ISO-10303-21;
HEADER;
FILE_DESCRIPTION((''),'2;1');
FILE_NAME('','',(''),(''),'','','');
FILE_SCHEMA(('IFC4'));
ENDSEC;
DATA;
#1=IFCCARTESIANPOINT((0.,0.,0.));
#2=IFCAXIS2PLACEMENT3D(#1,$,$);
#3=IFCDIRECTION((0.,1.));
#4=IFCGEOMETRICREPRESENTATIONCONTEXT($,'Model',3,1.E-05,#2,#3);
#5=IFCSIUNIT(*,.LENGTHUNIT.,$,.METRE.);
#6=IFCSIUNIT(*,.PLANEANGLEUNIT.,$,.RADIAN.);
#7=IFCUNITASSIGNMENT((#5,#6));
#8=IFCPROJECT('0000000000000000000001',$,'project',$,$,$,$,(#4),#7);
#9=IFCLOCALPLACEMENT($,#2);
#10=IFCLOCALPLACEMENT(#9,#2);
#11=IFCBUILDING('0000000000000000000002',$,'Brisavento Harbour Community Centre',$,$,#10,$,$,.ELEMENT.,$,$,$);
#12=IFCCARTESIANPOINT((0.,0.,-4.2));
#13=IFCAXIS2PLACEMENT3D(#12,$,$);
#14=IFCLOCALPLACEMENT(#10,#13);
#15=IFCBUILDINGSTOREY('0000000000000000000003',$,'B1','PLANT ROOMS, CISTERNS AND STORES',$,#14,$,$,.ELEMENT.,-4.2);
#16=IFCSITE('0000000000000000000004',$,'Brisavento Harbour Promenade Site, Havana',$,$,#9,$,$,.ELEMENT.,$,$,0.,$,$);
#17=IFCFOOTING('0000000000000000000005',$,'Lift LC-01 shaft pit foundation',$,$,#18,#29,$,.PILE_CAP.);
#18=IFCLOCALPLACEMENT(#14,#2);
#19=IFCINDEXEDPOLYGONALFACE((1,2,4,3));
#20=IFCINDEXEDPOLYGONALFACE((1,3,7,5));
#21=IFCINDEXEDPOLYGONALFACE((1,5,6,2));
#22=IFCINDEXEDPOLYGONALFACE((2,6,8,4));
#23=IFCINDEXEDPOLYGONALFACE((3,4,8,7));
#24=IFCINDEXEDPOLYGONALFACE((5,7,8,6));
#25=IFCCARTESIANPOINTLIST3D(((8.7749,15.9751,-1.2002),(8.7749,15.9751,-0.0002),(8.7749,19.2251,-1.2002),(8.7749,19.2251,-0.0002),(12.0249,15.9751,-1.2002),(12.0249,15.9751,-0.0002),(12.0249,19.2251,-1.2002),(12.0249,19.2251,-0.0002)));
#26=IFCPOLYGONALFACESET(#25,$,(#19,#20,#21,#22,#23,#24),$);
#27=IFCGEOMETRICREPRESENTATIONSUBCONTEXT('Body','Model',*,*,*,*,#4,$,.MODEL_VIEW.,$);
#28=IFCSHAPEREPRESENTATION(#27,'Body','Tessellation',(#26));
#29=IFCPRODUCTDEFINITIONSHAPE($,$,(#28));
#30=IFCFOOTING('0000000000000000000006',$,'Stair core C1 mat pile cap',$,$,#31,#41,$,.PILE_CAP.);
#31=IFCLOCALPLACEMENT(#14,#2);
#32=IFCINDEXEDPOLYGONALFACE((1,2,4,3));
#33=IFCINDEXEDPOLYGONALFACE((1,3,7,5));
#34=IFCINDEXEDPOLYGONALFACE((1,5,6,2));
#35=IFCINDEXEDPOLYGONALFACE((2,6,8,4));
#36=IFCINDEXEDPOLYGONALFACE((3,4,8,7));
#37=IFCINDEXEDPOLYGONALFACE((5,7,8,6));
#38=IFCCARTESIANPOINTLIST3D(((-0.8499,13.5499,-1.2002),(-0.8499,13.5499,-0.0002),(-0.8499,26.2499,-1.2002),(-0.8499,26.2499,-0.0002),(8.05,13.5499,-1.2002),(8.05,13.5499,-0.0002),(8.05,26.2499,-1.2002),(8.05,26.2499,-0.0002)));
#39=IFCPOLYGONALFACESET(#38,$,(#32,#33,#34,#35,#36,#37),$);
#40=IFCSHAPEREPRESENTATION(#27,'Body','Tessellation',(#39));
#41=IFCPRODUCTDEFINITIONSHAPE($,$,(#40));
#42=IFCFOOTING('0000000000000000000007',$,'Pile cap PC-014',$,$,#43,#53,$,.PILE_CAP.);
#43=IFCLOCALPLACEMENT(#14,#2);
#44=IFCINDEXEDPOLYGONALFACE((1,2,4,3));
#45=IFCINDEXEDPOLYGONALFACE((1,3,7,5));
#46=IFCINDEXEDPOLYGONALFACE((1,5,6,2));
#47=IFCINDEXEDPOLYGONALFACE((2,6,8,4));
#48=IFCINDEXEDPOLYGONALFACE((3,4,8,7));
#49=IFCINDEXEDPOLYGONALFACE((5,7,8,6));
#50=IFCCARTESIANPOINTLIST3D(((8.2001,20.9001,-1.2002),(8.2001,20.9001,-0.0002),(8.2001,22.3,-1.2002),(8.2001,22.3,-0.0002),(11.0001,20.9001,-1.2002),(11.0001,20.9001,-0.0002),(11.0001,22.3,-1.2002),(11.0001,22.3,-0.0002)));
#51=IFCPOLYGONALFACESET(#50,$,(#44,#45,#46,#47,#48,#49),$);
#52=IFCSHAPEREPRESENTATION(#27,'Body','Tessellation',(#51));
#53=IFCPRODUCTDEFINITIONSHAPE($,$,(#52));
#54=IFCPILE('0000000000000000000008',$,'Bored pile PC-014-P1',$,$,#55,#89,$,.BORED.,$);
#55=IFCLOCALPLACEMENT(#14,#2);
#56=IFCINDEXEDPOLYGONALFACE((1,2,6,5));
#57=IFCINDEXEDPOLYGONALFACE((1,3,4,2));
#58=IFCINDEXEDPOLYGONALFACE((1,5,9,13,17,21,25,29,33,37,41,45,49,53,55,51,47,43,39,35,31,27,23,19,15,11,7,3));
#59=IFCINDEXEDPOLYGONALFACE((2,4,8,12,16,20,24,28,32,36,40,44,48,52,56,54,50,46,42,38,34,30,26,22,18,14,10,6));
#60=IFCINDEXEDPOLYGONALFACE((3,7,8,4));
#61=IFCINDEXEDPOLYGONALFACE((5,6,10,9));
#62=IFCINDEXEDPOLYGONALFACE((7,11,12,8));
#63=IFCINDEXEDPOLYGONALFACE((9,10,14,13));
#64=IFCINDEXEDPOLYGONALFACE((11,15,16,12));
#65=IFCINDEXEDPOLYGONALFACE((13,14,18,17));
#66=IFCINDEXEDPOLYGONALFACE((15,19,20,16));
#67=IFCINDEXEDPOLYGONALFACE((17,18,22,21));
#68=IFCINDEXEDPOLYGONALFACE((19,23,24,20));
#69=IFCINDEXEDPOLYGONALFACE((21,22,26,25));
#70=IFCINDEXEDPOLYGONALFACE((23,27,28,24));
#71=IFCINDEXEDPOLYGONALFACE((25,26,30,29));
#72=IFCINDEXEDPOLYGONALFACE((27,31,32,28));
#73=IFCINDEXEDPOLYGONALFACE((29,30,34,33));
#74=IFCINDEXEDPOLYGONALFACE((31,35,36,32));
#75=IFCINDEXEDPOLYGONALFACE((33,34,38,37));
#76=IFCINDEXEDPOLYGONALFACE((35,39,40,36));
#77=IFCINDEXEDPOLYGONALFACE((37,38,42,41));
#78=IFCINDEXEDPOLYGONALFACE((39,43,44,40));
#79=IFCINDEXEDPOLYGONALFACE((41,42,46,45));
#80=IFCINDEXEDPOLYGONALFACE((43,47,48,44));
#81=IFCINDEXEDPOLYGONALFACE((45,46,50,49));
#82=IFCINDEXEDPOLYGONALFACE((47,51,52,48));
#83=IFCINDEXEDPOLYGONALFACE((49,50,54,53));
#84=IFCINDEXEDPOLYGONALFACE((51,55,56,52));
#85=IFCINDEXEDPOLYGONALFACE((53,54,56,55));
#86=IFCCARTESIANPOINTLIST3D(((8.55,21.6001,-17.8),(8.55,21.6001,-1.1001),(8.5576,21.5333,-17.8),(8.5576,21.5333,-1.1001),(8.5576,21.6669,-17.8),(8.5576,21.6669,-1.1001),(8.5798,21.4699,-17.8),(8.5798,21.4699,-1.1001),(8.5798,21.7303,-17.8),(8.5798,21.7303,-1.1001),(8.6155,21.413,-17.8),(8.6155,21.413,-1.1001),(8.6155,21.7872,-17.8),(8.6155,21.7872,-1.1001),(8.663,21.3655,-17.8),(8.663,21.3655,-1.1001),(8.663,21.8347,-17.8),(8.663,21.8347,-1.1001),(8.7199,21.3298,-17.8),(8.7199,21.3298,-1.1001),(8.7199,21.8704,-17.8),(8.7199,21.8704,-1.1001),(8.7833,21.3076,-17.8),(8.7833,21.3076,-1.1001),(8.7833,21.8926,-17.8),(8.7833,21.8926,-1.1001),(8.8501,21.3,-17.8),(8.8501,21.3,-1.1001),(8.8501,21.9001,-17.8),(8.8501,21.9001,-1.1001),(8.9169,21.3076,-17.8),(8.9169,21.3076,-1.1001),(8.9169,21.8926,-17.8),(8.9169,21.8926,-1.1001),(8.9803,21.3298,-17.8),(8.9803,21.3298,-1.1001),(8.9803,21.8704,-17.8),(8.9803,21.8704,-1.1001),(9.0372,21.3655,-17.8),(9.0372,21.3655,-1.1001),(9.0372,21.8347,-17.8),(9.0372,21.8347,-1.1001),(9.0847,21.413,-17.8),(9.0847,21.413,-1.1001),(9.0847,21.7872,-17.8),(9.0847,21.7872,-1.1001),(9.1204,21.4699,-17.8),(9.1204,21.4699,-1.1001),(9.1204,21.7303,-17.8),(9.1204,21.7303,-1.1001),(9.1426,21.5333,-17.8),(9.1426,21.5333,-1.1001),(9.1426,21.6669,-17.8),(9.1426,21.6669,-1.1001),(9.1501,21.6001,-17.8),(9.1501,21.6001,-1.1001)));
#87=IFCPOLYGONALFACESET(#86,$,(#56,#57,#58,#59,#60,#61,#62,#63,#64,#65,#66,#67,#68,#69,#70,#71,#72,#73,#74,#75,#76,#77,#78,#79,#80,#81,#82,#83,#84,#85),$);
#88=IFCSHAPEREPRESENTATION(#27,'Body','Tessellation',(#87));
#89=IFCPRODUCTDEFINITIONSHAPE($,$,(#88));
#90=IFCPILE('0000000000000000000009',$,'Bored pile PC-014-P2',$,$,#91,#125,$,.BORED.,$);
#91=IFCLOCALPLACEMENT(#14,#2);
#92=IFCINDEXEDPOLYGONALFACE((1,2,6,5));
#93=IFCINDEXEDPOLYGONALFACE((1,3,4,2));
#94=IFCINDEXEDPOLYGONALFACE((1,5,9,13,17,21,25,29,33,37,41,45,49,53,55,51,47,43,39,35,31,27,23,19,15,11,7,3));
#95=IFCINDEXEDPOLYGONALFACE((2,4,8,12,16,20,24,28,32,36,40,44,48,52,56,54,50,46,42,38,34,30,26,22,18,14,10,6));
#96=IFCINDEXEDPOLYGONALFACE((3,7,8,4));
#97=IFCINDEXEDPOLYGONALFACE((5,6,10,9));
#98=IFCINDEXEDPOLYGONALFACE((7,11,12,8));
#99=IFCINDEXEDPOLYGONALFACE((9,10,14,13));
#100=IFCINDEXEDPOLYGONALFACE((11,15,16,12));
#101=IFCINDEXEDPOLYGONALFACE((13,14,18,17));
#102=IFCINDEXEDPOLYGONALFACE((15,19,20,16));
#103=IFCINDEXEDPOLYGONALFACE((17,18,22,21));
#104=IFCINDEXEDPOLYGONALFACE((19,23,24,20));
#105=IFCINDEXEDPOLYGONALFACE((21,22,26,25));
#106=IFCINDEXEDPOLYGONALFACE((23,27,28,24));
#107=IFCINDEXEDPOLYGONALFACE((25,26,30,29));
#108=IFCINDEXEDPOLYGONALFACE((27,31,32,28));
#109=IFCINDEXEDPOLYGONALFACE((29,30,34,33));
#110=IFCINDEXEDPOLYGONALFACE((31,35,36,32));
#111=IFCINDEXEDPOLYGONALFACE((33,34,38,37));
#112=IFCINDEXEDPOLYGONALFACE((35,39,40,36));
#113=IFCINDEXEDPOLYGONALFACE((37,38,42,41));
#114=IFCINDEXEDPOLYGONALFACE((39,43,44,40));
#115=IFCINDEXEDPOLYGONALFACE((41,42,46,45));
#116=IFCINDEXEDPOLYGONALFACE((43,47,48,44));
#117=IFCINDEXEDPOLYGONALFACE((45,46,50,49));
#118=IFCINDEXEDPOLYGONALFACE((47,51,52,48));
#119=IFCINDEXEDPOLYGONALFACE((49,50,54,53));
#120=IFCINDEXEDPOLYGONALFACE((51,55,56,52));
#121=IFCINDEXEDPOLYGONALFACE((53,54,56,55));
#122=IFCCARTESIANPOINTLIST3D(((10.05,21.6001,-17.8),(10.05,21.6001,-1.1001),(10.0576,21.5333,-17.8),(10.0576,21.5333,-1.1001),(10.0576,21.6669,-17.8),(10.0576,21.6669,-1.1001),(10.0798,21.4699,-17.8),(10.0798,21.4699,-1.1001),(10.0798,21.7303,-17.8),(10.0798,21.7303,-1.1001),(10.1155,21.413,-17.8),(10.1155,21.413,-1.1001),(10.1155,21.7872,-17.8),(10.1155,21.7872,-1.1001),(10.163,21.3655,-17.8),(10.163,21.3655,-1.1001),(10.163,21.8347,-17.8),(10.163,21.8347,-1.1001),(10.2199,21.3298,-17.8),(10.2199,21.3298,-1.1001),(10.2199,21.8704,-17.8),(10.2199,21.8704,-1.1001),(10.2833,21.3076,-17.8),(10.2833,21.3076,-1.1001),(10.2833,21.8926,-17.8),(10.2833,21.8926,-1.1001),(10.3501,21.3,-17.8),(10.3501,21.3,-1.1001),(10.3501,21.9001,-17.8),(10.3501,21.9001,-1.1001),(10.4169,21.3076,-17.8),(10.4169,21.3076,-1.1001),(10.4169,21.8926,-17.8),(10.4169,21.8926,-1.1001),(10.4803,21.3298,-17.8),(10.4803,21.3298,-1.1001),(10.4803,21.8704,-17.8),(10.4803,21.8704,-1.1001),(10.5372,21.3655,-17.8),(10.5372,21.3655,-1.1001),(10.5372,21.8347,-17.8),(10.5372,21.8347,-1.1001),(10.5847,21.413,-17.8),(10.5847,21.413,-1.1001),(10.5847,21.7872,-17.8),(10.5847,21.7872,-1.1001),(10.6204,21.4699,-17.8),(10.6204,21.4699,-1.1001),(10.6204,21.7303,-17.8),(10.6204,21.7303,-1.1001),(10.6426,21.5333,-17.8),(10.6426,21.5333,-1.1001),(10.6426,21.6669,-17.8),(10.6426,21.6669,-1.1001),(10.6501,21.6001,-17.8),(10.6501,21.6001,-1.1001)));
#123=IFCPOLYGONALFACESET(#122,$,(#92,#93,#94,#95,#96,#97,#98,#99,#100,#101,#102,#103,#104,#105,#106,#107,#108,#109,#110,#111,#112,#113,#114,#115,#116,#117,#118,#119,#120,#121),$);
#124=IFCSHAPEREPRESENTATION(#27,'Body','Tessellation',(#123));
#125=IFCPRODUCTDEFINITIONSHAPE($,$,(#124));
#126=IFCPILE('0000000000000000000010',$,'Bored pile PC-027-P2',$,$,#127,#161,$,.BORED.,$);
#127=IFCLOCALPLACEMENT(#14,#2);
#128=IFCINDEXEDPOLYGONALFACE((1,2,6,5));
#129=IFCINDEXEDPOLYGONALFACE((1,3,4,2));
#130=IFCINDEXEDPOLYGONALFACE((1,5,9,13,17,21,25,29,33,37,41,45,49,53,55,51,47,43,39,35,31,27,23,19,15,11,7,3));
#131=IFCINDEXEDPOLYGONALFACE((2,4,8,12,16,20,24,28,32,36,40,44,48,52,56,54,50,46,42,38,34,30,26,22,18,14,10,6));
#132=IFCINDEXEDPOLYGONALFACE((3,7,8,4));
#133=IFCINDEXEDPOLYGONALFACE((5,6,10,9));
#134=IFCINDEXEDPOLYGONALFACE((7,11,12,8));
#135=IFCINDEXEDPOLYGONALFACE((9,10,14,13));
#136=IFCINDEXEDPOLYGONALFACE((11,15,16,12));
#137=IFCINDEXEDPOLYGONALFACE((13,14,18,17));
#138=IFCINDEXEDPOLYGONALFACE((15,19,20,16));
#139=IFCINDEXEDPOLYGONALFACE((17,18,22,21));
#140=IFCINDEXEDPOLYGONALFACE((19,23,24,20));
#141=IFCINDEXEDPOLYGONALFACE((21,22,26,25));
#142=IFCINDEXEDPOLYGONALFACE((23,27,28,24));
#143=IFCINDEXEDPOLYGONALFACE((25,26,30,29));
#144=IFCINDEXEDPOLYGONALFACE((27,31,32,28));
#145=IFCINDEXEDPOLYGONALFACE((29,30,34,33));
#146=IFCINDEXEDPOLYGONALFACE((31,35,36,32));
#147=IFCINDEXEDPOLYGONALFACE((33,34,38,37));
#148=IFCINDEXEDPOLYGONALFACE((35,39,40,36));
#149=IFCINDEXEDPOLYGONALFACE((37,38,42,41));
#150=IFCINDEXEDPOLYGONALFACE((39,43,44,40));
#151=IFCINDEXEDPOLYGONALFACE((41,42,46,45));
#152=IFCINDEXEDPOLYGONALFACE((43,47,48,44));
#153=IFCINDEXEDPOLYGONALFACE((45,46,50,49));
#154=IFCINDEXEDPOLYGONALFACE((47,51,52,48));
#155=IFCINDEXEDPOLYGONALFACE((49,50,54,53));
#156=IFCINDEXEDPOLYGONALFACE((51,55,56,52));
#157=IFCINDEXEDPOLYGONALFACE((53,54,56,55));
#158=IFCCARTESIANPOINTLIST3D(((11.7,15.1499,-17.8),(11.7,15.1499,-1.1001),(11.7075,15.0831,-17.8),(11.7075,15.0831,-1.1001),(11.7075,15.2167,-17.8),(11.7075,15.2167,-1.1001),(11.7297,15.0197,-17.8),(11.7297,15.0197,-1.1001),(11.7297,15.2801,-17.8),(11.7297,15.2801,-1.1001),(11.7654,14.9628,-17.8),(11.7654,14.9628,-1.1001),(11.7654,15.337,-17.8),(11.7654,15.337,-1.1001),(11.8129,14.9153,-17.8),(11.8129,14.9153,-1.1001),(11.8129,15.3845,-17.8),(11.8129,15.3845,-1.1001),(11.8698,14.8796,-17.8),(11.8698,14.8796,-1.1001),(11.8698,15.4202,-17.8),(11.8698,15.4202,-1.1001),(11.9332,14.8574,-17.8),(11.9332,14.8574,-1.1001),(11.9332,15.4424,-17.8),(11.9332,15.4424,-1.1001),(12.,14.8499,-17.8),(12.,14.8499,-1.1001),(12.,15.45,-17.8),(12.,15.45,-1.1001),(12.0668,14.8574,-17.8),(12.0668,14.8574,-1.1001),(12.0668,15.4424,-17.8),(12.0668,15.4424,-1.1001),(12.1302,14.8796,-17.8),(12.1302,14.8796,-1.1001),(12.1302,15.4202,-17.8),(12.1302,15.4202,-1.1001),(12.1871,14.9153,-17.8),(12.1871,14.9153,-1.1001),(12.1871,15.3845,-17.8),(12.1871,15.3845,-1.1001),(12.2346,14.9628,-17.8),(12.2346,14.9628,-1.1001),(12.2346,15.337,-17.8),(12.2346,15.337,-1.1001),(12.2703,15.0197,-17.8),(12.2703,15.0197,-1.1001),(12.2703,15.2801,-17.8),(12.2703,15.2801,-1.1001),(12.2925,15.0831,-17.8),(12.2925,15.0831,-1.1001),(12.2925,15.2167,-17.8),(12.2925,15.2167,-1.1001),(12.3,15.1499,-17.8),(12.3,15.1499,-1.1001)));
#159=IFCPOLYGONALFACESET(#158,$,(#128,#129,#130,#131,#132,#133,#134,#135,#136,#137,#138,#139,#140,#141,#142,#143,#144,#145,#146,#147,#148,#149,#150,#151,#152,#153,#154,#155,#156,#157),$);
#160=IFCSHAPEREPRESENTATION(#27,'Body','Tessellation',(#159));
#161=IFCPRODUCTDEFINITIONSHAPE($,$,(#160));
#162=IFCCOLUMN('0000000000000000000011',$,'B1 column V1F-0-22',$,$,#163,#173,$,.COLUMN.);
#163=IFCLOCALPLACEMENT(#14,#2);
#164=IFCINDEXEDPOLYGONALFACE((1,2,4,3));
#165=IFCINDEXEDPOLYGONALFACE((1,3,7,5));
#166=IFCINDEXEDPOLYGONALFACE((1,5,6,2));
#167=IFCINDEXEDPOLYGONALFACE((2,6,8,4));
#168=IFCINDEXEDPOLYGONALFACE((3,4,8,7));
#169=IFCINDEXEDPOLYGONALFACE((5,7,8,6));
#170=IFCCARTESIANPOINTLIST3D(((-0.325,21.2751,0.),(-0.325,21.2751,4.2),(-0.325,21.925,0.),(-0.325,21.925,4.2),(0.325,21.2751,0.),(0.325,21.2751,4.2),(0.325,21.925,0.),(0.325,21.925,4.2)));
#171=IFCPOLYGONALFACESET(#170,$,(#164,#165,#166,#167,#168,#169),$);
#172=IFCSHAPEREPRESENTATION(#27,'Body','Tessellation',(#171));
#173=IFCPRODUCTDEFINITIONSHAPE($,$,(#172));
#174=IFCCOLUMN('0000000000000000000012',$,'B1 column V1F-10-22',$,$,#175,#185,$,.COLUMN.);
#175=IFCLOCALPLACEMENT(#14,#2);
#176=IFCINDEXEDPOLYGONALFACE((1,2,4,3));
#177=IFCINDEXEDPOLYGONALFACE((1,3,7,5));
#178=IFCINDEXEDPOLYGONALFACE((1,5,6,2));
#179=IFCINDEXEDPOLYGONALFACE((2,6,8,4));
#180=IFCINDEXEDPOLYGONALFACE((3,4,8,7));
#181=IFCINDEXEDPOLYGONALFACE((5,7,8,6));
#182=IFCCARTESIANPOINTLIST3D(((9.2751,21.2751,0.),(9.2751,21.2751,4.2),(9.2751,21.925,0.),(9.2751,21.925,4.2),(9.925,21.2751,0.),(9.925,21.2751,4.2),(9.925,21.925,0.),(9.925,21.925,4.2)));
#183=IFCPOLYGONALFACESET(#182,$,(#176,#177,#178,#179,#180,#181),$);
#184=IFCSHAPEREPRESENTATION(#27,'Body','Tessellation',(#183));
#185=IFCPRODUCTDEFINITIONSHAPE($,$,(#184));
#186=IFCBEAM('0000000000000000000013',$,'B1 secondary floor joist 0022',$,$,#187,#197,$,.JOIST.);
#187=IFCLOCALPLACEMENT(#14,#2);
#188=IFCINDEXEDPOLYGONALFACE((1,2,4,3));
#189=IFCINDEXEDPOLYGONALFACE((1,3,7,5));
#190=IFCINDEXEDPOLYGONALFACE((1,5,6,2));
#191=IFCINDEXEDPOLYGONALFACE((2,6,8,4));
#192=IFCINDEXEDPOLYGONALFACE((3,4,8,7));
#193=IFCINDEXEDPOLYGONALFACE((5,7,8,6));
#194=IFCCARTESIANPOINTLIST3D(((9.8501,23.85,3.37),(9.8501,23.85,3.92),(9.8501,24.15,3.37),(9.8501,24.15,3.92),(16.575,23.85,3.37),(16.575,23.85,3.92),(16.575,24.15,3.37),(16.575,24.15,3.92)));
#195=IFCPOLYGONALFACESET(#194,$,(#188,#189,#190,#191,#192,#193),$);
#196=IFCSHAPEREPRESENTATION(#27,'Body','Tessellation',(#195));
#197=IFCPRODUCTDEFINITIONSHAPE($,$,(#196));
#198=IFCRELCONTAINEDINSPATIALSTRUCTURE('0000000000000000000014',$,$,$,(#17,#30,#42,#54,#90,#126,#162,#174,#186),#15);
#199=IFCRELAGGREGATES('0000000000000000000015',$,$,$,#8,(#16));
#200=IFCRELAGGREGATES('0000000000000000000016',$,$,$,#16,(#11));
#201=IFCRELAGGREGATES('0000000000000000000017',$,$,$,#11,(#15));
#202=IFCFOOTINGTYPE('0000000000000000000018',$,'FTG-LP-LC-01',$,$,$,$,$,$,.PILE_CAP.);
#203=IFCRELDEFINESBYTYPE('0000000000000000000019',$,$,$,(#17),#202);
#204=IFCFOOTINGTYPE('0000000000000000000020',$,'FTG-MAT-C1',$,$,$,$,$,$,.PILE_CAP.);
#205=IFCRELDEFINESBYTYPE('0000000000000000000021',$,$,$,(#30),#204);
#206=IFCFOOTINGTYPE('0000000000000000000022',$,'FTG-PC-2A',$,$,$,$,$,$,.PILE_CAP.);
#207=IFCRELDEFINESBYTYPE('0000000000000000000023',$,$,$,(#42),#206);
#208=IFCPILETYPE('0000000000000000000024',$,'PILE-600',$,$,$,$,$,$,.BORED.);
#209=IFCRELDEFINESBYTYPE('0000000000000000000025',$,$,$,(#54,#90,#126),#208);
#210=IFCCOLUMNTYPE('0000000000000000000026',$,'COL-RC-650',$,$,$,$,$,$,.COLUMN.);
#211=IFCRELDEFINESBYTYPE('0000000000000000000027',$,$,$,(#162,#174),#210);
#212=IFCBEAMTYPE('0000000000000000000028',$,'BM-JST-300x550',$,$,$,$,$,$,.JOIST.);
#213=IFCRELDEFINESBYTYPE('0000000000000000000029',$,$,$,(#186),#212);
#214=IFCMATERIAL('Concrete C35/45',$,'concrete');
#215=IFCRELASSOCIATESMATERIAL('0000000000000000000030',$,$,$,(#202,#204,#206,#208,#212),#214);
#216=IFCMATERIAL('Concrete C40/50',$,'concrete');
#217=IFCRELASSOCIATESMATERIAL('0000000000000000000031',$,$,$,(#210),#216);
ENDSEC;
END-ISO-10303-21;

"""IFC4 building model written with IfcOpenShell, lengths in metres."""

from ifc_helpers import new_model, si_unit, direction, frame, origin, origin_2d, place, context, subcontext, project, spatial, rectangle, circle, extrude, material, material_profile, profile_set, type_object, element, save


model = new_model("IFC4")

# Units and contexts
model_context = context("Model", 3, precision=1e-05, world=origin(), true_north=direction((0.0, 1.0)))
body_context = subcontext(model_context, "Body", "Model", "MODEL_VIEW")
ifc_project = project(units=[si_unit("LENGTHUNIT", "METRE"), si_unit("PLANEANGLEUNIT", "RADIAN")], contexts=[model_context])

# Site, building, storey
site_placement = place(None, origin())
site = spatial("IfcSite", under=ifc_project, at=site_placement, Name="Brisavento Harbour Promenade Site, Havana", CompositionType="ELEMENT", RefElevation=0.0)
building_placement = place(site_placement, origin())
building = spatial("IfcBuilding", under=site, at=building_placement, Name="Brisavento Harbour Community Centre", CompositionType="ELEMENT")
storey_placement = place(building_placement, frame((0.0, 0.0, -4.2)))
storey = spatial("IfcBuildingStorey", under=building, at=storey_placement, Name="B1", Description="PLANT ROOMS, CISTERNS AND STORES", CompositionType="ELEMENT", Elevation=-4.2)

# Footings
ifc_material_1 = material(Name="Concrete C35/45", Category="concrete")
footing_type_1 = type_object("IfcFootingType", Name="FTG-LP-LC-01", PredefinedType="PILE_CAP", material=ifc_material_1)
footing_1_placement = place(storey_placement, frame((10.3999, 17.6001, -1.2002), z_axis=(0.0, 0.0, 1.0), x_axis=(1.0, 0.0, 0.0)))
element("IfcFooting", 1, at=footing_1_placement, inside=storey, type_object=footing_type_1, Name="Lift LC-01 shaft pit foundation", PredefinedType="PILE_CAP", context=body_context, shape_type="SweptSolid", body=[
    extrude(rectangle(XDim=3.25, YDim=3.25, at=origin_2d()), origin(), (0.0, 0.0, 1.0), 1.2),
])
footing_type_2 = type_object("IfcFootingType", Name="FTG-MAT-C1", PredefinedType="PILE_CAP", material=ifc_material_1)
footing_2_placement = place(storey_placement, frame((3.6001, 19.8999, -1.2002), z_axis=(0.0, 0.0, 1.0), x_axis=(1.0, 0.0, 0.0)))
element("IfcFooting", 2, at=footing_2_placement, inside=storey, type_object=footing_type_2, Name="Stair core C1 mat pile cap", PredefinedType="PILE_CAP", context=body_context, shape_type="SweptSolid", body=[
    extrude(rectangle(XDim=8.8999, YDim=12.7, at=origin_2d()), origin(), (0.0, 0.0, 1.0), 1.2),
])
footing_type_3 = type_object("IfcFootingType", Name="FTG-PC-2A", PredefinedType="PILE_CAP", material=ifc_material_1)
footing_3_placement = place(storey_placement, frame((9.6001, 21.6001, -1.2002), z_axis=(0.0, 0.0, 1.0), x_axis=(1.0, 0.0, 0.0)))
element("IfcFooting", 3, at=footing_3_placement, inside=storey, type_object=footing_type_3, Name="Pile cap PC-014", PredefinedType="PILE_CAP", context=body_context, shape_type="SweptSolid", body=[
    extrude(rectangle(XDim=2.8, YDim=1.3999, at=origin_2d()), origin(), (0.0, 0.0, 1.0), 1.2),
])

# Piles
ifc_material_profile_1 = material_profile(ifc_material_1, circle(Radius=0.3, at=origin_2d()), Name="Concrete C35/45")
ifc_profile_set_1 = profile_set([ifc_material_profile_1], Name="Concrete C35/45")
pile_type = type_object("IfcPileType", Name="PILE-600", PredefinedType="BORED", material=ifc_profile_set_1)
for number, where, z_axis, x_axis, name in (
    (4, (8.8501, 21.6001, -1.1001), (0.0, 0.0, -1.0), (1.0, 0.0, 0.0), "Bored pile PC-014-P1"),
    (5, (10.3501, 21.6001, -1.1001), (0.0, 0.0, -1.0), (1.0, 0.0, 0.0), "Bored pile PC-014-P2"),
    (6, (12.0, 15.1499, -1.1001), (0.0, 0.0, -1.0), (1.0, 0.0, 0.0), "Bored pile PC-027-P2"),
):
    element("IfcPile", number, at=place(storey_placement, frame(where, z_axis=z_axis, x_axis=x_axis)), inside=storey, type_object=pile_type, Name=name, PredefinedType="BORED", context=body_context, shape_type="SweptSolid", body=[
        extrude(circle(Radius=0.3, at=origin_2d()), origin(), (0.0, 0.0, 1.0), 16.7),
    ])

# Columns
ifc_material_2 = material(Name="Concrete C40/50", Category="concrete")
ifc_material_profile_2 = material_profile(ifc_material_2, rectangle(XDim=0.6499, YDim=0.6499, at=origin_2d()), Name="Concrete C40/50")
ifc_profile_set_2 = profile_set([ifc_material_profile_2], Name="Concrete C40/50")
column_type = type_object("IfcColumnType", Name="COL-RC-650", PredefinedType="COLUMN", material=ifc_profile_set_2)
for number, where, z_axis, x_axis, name in (
    (7, (0.0, 21.6001, 0.0), (0.0, 0.0, 1.0), (1.0, 0.0, 0.0), "B1 column V1F-0-22"),
    (8, (9.6001, 21.6001, 0.0), (0.0, 0.0, 1.0), (1.0, 0.0, 0.0), "B1 column V1F-10-22"),
):
    element("IfcColumn", number, at=place(storey_placement, frame(where, z_axis=z_axis, x_axis=x_axis)), inside=storey, type_object=column_type, Name=name, PredefinedType="COLUMN", context=body_context, shape_type="SweptSolid", body=[
        extrude(rectangle(XDim=0.6499, YDim=0.6499, at=origin_2d()), origin(), (0.0, 0.0, 1.0), 4.2),
    ])

# Beam
ifc_material_profile_3 = material_profile(ifc_material_1, rectangle(XDim=0.3, YDim=0.55, at=origin_2d()), Name="Concrete C35/45")
ifc_profile_set_3 = profile_set([ifc_material_profile_3], Name="Concrete C35/45")
beam_type_1 = type_object("IfcBeamType", Name="BM-JST-300x550", PredefinedType="JOIST", material=ifc_profile_set_3)
beam_placement = place(storey_placement, frame((9.8501, 24.0, 3.645), z_axis=(1.0, 0.0, 0.0), x_axis=(0.0, 1.0, 0.0)))
element("IfcBeam", 9, at=beam_placement, inside=storey, type_object=beam_type_1, Name="B1 secondary floor joist 0022", PredefinedType="JOIST", context=body_context, shape_type="SweptSolid", body=[
    extrude(rectangle(XDim=0.3, YDim=0.55, at=origin_2d()), origin(), (0.0, 0.0, 1.0), 6.7249),
])

save(model, "model.ifc")
